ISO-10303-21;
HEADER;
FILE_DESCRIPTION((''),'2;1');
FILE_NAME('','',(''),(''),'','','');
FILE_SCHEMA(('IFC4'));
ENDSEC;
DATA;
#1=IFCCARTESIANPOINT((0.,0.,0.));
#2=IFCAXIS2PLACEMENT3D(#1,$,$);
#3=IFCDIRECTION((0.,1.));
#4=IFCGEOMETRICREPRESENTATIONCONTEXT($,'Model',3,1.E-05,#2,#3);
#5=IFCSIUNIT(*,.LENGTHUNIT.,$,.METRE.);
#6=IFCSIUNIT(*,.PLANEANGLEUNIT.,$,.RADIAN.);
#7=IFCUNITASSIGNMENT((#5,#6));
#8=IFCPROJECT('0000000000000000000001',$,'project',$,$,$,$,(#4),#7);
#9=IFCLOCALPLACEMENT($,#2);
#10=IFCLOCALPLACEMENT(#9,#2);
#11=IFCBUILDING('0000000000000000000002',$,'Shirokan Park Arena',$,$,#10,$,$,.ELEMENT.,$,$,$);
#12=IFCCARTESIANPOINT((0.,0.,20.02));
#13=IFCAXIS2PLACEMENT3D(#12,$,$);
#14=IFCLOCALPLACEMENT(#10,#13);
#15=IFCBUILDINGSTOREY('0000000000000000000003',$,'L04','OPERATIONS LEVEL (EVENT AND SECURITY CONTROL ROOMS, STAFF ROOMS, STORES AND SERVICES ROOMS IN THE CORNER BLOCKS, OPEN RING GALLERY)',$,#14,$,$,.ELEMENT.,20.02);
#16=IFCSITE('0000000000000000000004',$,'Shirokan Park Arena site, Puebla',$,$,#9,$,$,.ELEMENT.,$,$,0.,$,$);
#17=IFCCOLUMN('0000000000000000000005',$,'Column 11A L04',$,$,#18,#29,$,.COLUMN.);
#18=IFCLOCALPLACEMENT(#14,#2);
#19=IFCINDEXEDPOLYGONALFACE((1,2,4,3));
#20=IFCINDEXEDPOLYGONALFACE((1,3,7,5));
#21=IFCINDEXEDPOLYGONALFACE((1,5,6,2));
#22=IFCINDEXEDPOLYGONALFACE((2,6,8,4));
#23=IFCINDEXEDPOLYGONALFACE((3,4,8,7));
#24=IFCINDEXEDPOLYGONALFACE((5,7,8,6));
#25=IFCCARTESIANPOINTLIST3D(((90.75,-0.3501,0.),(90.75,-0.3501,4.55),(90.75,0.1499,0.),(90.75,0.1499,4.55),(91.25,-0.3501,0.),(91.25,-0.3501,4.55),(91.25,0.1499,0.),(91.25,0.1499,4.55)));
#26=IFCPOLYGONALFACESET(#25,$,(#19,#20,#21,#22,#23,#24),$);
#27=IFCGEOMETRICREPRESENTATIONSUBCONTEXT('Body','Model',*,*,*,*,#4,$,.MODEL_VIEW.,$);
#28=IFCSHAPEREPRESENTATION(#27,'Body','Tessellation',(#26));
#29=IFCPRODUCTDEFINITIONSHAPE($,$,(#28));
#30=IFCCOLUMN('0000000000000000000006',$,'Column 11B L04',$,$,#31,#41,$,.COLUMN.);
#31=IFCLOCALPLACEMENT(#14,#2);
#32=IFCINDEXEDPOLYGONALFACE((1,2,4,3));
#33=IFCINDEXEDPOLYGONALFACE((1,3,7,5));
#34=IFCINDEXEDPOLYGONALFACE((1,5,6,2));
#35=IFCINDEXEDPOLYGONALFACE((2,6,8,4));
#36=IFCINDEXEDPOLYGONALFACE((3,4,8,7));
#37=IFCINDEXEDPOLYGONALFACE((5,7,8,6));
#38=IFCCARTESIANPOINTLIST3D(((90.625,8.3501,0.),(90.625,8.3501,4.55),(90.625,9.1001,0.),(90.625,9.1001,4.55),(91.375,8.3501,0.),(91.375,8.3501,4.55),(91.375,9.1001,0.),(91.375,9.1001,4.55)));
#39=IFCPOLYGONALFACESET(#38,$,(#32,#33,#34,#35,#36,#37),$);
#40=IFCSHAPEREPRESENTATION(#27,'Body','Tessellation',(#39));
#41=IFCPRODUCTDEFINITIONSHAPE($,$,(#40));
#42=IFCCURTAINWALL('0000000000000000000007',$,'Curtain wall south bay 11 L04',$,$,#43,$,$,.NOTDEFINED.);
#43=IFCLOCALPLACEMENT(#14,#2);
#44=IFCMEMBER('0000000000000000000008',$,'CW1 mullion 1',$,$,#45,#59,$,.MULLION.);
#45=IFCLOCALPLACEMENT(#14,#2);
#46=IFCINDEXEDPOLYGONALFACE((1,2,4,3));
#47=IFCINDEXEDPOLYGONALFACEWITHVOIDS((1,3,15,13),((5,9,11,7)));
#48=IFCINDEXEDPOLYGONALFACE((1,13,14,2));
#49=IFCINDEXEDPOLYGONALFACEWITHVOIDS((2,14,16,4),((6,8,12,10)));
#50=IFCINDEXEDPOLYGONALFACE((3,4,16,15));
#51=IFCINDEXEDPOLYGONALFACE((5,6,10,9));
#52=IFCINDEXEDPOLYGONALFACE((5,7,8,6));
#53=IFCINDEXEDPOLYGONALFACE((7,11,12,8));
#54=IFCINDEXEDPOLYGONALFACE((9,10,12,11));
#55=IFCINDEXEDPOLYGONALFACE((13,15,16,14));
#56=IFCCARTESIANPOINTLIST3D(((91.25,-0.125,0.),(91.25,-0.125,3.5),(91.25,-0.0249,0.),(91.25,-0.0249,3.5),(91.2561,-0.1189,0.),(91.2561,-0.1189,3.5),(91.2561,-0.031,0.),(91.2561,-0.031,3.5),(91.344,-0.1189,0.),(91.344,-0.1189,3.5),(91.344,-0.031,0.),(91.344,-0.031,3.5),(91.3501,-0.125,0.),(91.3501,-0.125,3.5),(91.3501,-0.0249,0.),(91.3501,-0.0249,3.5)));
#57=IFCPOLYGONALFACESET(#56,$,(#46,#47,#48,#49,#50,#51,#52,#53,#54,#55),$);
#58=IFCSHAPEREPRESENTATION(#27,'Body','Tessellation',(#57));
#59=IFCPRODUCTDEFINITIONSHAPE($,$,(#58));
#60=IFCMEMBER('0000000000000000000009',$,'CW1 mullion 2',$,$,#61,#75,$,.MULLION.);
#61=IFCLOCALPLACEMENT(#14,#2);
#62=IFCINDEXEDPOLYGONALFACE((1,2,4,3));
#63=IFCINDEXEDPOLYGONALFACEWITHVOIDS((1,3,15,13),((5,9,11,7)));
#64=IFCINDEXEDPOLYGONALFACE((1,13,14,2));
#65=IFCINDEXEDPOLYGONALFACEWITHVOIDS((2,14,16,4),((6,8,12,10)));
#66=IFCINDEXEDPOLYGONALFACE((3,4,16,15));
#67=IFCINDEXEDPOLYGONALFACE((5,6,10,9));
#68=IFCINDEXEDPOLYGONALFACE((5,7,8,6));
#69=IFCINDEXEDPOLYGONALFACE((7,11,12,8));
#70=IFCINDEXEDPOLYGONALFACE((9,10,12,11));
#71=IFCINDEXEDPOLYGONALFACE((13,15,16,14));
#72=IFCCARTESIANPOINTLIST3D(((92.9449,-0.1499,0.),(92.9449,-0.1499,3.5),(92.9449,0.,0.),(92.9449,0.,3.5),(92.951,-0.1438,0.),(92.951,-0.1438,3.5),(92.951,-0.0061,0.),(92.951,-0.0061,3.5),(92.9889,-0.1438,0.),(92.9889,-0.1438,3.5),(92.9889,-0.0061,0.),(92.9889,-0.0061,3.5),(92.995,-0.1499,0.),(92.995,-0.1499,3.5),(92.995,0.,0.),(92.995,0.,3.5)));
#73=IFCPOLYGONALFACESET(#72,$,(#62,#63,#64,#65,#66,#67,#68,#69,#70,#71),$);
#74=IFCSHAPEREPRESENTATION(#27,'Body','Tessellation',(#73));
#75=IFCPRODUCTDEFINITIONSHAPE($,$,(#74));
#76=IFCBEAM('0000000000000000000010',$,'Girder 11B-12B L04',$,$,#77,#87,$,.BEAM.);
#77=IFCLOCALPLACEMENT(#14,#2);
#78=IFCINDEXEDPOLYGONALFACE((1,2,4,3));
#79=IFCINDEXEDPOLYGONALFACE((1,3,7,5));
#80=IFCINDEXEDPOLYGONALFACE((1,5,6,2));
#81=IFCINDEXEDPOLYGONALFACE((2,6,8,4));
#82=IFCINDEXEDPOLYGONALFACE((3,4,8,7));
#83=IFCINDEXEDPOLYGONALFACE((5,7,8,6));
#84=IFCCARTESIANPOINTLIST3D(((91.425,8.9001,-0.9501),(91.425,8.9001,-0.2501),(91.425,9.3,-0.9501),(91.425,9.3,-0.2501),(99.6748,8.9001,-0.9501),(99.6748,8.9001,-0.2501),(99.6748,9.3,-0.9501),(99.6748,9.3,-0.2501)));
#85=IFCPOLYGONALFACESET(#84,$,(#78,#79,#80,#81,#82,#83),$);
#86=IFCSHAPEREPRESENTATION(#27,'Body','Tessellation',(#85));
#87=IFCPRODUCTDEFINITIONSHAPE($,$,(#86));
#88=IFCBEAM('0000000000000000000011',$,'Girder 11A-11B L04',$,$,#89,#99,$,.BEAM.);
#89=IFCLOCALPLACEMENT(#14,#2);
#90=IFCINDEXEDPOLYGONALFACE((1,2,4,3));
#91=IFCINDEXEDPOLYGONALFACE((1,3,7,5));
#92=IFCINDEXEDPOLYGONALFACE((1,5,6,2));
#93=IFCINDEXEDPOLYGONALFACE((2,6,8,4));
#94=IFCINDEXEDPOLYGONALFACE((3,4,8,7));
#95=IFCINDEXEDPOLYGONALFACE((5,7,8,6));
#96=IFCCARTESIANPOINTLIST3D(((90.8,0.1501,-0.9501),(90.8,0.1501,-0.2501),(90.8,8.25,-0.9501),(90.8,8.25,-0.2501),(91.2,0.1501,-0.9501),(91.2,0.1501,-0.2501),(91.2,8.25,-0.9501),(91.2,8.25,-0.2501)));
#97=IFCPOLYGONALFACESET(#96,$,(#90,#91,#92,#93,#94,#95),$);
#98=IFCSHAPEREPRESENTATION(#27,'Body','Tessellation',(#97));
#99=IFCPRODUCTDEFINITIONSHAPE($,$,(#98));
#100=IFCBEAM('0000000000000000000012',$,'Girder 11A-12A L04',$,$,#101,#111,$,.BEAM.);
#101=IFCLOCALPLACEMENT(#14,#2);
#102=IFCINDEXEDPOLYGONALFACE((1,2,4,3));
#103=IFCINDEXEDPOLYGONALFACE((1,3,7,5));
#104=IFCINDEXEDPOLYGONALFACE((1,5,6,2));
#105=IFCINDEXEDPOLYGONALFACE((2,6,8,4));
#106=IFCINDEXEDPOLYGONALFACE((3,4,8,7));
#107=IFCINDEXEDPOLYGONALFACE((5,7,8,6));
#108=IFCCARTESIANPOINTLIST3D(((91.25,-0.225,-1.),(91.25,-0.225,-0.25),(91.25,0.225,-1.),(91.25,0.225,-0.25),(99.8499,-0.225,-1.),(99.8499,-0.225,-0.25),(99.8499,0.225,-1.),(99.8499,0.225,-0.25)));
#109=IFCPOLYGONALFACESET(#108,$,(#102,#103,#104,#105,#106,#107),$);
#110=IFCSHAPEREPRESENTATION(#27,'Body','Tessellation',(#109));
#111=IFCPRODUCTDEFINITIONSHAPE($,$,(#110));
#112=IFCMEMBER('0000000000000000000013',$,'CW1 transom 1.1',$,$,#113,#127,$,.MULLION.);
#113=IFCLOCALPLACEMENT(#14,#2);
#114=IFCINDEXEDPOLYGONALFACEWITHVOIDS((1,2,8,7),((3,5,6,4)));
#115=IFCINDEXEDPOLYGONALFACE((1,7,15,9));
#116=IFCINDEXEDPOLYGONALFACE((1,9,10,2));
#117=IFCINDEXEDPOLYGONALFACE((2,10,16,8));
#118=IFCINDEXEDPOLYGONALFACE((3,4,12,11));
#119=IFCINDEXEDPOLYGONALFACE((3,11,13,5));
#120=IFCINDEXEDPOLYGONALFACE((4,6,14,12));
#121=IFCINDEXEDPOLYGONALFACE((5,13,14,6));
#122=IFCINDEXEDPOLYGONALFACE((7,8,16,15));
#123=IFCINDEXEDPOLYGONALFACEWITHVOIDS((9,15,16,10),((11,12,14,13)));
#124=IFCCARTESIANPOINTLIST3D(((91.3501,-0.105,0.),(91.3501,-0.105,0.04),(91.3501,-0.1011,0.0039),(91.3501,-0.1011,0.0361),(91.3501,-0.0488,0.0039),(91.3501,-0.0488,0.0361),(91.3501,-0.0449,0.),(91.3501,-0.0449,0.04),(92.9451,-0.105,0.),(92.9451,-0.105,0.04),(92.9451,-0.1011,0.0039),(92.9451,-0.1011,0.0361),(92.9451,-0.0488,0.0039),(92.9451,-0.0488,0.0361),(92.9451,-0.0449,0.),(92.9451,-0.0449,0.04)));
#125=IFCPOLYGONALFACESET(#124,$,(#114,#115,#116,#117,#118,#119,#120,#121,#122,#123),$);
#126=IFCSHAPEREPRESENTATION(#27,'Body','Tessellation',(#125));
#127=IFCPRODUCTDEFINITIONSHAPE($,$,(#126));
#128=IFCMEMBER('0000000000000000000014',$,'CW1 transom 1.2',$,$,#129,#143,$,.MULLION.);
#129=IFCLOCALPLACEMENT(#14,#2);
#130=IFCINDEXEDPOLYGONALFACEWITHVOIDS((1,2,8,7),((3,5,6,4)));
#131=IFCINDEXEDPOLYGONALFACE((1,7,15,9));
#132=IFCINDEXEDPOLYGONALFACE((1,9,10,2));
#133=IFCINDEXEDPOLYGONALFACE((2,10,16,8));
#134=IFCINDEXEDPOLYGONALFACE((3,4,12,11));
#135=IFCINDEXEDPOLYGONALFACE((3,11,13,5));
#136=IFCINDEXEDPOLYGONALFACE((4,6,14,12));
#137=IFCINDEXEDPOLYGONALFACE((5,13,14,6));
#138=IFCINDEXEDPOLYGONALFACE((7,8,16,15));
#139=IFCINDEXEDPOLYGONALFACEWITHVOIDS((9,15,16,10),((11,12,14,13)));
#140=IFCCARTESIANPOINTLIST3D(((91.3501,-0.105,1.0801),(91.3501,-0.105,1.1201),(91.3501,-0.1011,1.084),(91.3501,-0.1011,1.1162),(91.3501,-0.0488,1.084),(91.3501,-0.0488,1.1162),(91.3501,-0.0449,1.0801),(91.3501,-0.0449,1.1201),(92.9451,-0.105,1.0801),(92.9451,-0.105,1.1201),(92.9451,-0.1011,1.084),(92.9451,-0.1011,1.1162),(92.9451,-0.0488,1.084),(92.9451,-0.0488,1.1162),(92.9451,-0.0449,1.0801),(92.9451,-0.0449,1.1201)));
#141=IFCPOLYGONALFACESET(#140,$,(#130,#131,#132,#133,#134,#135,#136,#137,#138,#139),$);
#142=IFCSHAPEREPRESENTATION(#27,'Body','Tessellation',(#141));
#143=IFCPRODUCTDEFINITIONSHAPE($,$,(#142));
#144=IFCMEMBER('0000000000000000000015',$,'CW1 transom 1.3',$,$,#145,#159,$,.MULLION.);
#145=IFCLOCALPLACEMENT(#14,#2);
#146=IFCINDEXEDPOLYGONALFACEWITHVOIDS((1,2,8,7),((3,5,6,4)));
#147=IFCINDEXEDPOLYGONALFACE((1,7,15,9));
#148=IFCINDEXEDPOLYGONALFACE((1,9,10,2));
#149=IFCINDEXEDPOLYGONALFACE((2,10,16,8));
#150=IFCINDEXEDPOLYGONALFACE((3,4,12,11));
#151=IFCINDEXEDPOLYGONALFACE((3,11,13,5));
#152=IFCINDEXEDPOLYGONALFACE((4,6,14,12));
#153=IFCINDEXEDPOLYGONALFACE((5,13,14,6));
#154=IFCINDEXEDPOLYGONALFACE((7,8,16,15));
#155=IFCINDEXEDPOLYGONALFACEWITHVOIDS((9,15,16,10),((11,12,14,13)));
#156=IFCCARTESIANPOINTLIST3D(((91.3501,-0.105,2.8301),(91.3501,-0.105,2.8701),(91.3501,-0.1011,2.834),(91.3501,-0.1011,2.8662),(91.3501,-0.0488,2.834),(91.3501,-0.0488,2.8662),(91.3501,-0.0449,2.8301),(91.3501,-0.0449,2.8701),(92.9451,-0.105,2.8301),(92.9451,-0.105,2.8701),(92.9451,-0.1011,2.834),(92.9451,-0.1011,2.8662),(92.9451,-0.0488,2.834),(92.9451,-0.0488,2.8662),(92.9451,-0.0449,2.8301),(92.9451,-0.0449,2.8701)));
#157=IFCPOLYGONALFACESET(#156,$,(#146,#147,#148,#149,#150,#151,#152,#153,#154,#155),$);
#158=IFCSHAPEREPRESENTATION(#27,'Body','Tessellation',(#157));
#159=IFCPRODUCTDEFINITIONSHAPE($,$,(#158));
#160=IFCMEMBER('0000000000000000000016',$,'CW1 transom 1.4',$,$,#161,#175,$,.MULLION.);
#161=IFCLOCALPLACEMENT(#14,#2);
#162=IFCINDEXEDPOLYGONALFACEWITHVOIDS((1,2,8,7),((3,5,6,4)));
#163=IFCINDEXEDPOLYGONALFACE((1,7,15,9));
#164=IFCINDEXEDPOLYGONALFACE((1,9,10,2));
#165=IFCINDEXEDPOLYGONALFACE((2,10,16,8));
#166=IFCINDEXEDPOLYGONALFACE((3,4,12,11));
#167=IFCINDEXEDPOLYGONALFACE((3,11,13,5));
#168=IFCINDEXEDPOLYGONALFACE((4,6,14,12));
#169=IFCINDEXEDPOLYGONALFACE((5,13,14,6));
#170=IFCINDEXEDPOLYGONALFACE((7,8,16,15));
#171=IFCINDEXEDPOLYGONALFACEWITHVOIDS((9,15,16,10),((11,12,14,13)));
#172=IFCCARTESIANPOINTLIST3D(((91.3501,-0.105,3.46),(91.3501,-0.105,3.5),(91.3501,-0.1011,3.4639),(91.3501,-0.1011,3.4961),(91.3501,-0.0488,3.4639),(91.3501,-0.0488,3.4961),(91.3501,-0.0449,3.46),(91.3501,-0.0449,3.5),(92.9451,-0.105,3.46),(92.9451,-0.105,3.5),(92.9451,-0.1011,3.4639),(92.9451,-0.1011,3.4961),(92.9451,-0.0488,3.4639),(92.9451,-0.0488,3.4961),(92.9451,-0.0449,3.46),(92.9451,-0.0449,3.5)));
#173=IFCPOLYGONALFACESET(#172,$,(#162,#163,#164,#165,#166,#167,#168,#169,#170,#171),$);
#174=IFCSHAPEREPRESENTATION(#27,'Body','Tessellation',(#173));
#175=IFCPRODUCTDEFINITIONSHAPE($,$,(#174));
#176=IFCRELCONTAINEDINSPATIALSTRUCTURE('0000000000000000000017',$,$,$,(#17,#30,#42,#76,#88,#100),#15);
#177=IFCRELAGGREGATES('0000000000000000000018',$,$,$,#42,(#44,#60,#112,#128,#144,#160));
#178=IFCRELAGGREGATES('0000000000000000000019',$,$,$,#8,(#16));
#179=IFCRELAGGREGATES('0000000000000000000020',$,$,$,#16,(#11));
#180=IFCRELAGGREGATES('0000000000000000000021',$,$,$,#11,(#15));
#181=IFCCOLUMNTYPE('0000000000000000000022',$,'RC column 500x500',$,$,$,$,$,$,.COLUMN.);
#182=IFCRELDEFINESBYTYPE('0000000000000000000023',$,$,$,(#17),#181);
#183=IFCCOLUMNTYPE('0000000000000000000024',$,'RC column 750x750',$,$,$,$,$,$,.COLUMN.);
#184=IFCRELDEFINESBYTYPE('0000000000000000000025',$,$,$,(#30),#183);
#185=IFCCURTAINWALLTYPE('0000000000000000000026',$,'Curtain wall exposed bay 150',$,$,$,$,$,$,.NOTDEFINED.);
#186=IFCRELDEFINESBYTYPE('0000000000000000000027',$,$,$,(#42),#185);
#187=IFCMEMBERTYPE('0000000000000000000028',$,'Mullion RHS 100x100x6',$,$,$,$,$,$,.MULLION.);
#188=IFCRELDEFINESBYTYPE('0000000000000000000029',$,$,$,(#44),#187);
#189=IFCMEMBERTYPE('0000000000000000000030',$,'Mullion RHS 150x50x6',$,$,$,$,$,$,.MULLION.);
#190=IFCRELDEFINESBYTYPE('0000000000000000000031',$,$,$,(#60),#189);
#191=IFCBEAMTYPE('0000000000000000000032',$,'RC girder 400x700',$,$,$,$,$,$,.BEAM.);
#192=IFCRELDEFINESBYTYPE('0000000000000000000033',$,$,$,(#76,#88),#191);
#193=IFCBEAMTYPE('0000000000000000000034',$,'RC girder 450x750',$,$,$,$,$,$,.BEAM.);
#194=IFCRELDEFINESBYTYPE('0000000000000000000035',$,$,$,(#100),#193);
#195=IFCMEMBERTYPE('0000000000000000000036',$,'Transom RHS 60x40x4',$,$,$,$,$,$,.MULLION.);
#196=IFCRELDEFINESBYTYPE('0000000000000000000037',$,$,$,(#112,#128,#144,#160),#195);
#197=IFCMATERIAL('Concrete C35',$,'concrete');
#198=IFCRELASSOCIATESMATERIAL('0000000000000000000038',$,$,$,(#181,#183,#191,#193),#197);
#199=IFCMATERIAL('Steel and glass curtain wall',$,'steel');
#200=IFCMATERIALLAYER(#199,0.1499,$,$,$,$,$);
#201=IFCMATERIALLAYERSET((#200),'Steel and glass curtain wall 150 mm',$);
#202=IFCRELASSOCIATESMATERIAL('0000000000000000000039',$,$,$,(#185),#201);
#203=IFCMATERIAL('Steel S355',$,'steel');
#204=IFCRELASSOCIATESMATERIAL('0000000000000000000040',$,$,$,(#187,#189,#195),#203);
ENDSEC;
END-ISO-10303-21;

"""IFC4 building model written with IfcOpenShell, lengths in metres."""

from ifc_helpers import new_model, si_unit, direction, frame, origin, origin_2d, place, context, subcontext, project, spatial, rectangle, hollow_rectangle, extrude, material, layer, layer_set, material_profile, profile_set, type_object, element, aggregate, save


model = new_model("IFC4")

# Units and contexts
model_context = context("Model", 3, precision=1e-05, world=origin(), true_north=direction((0.0, 1.0)))
body_context = subcontext(model_context, "Body", "Model", "MODEL_VIEW")
ifc_project = project(units=[si_unit("LENGTHUNIT", "METRE"), si_unit("PLANEANGLEUNIT", "RADIAN")], contexts=[model_context])

# Site, building, storey
site_placement = place(None, origin())
site = spatial("IfcSite", under=ifc_project, at=site_placement, Name="Shirokan Park Arena site, Puebla", CompositionType="ELEMENT", RefElevation=0.0)
building_placement = place(site_placement, origin())
building = spatial("IfcBuilding", under=site, at=building_placement, Name="Shirokan Park Arena", CompositionType="ELEMENT")
storey_placement = place(building_placement, frame((0.0, 0.0, 20.02)))
storey = spatial("IfcBuildingStorey", under=building, at=storey_placement, Name="L04", Description="OPERATIONS LEVEL (EVENT AND SECURITY CONTROL ROOMS, STAFF ROOMS, STORES AND SERVICES ROOMS IN THE CORNER BLOCKS, OPEN RING GALLERY)", CompositionType="ELEMENT", Elevation=20.02)

# Columns
ifc_material_1 = material(Name="Concrete C35", Category="concrete")
ifc_material_profile_1 = material_profile(ifc_material_1, rectangle(XDim=0.5, YDim=0.5, at=origin_2d()), Name="500x500")
ifc_profile_set_1 = profile_set([ifc_material_profile_1], Name="Concrete C35")
column_type_1 = type_object("IfcColumnType", Name="RC column 500x500", PredefinedType="COLUMN", material=ifc_profile_set_1)
column_1_placement = place(storey_placement, frame((91.0, -0.1001, 0.0), z_axis=(0.0, 0.0, 1.0), x_axis=(1.0, 0.0, 0.0)))
element("IfcColumn", 1, at=column_1_placement, inside=storey, type_object=column_type_1, Name="Column 11A L04", PredefinedType="COLUMN", context=body_context, shape_type="SweptSolid", body=[
    extrude(rectangle(XDim=0.5, YDim=0.5, at=origin_2d()), origin(), (0.0, 0.0, 1.0), 4.55),
])
ifc_material_profile_2 = material_profile(ifc_material_1, rectangle(XDim=0.75, YDim=0.75, at=origin_2d()), Name="750x750")
ifc_profile_set_2 = profile_set([ifc_material_profile_2], Name="Concrete C35")
column_type_2 = type_object("IfcColumnType", Name="RC column 750x750", PredefinedType="COLUMN", material=ifc_profile_set_2)
column_2_placement = place(storey_placement, frame((91.0, 8.7251, 0.0), z_axis=(0.0, 0.0, 1.0), x_axis=(1.0, 0.0, 0.0)))
element("IfcColumn", 2, at=column_2_placement, inside=storey, type_object=column_type_2, Name="Column 11B L04", PredefinedType="COLUMN", context=body_context, shape_type="SweptSolid", body=[
    extrude(rectangle(XDim=0.75, YDim=0.75, at=origin_2d()), origin(), (0.0, 0.0, 1.0), 4.55),
])

# Curtain wall, members
ifc_material_2 = material(Name="Steel and glass curtain wall", Category="steel")
ifc_layer_1 = layer(ifc_material_2, 0.1499)
ifc_layer_set_1 = layer_set([ifc_layer_1], Name="Steel and glass curtain wall 150 mm")
curtain_wall_type = type_object("IfcCurtainWallType", Name="Curtain wall exposed bay 150", PredefinedType="NOTDEFINED", material=ifc_layer_set_1)
curtain_wall_placement = place(storey_placement, origin())
curtain_wall = element("IfcCurtainWall", 3, at=curtain_wall_placement, inside=storey, type_object=curtain_wall_type, Name="Curtain wall south bay 11 L04", PredefinedType="NOTDEFINED")
ifc_material_3 = material(Name="Steel S355", Category="steel")
ifc_material_profile_3 = material_profile(ifc_material_3, hollow_rectangle(XDim=0.1001, YDim=0.1001, WallThickness=0.0061, at=origin_2d()), Name="RHS 100x100x6")
ifc_profile_set_3 = profile_set([ifc_material_profile_3], Name="Steel S355")
member_type_1 = type_object("IfcMemberType", Name="Mullion RHS 100x100x6", PredefinedType="MULLION", material=ifc_profile_set_3)
member_1_placement = place(storey_placement, frame((91.3, -0.075, 0.0), z_axis=(0.0, 0.0, 1.0), x_axis=(0.0, 1.0, 0.0)))
member_1 = element("IfcMember", 4, at=member_1_placement, type_object=member_type_1, Name="CW1 mullion 1", PredefinedType="MULLION", context=body_context, shape_type="SweptSolid", body=[
    extrude(hollow_rectangle(XDim=0.1001, YDim=0.1001, WallThickness=0.0061, at=origin_2d()), origin(), (0.0, 0.0, 1.0), 3.5),
])
ifc_material_profile_4 = material_profile(ifc_material_3, hollow_rectangle(XDim=0.1499, YDim=0.05, WallThickness=0.0061, at=origin_2d()), Name="RHS 150x50x6")
ifc_profile_set_4 = profile_set([ifc_material_profile_4], Name="Steel S355")
member_type_2 = type_object("IfcMemberType", Name="Mullion RHS 150x50x6", PredefinedType="MULLION", material=ifc_profile_set_4)
member_2_placement = place(storey_placement, frame((92.97, -0.075, 0.0), z_axis=(0.0, 0.0, 1.0), x_axis=(0.0, 1.0, 0.0)))
member_2 = element("IfcMember", 5, at=member_2_placement, type_object=member_type_2, Name="CW1 mullion 2", PredefinedType="MULLION", context=body_context, shape_type="SweptSolid", body=[
    extrude(hollow_rectangle(XDim=0.1499, YDim=0.05, WallThickness=0.0061, at=origin_2d()), origin(), (0.0, 0.0, 1.0), 3.5),
])

# Beams
ifc_material_profile_5 = material_profile(ifc_material_1, rectangle(XDim=0.3999, YDim=0.7, at=origin_2d()), Name="400x700")
ifc_profile_set_5 = profile_set([ifc_material_profile_5], Name="Concrete C35")
beam_type_1 = type_object("IfcBeamType", Name="RC girder 400x700", PredefinedType="BEAM", material=ifc_profile_set_5)
beam_1_placement = place(storey_placement, frame((91.425, 9.1001, -0.6001), z_axis=(1.0, 0.0, 0.0), x_axis=(0.0, 1.0, 0.0)))
element("IfcBeam", 6, at=beam_1_placement, inside=storey, type_object=beam_type_1, Name="Girder 11B-12B L04", PredefinedType="BEAM", context=body_context, shape_type="SweptSolid", body=[
    extrude(rectangle(XDim=0.3999, YDim=0.7, at=origin_2d()), origin(), (0.0, 0.0, 1.0), 8.2498),
])
beam_2_placement = place(storey_placement, frame((91.0, 0.1501, -0.6001), z_axis=(0.0, 1.0, 0.0), x_axis=(-1.0, 0.0, 0.0)))
element("IfcBeam", 7, at=beam_2_placement, inside=storey, type_object=beam_type_1, Name="Girder 11A-11B L04", PredefinedType="BEAM", context=body_context, shape_type="SweptSolid", body=[
    extrude(rectangle(XDim=0.3999, YDim=0.7, at=origin_2d()), origin(), (0.0, 0.0, 1.0), 8.0999),
])
ifc_material_profile_6 = material_profile(ifc_material_1, rectangle(XDim=0.45, YDim=0.75, at=origin_2d()), Name="450x750")
ifc_profile_set_6 = profile_set([ifc_material_profile_6], Name="Concrete C35")
beam_type_2 = type_object("IfcBeamType", Name="RC girder 450x750", PredefinedType="BEAM", material=ifc_profile_set_6)
beam_3_placement = place(storey_placement, frame((91.25, 0.0, -0.625), z_axis=(1.0, 0.0, 0.0), x_axis=(0.0, 1.0, 0.0)))
element("IfcBeam", 8, at=beam_3_placement, inside=storey, type_object=beam_type_2, Name="Girder 11A-12A L04", PredefinedType="BEAM", context=body_context, shape_type="SweptSolid", body=[
    extrude(rectangle(XDim=0.45, YDim=0.75, at=origin_2d()), origin(), (0.0, 0.0, 1.0), 8.5999),
])

# Members
ifc_material_profile_7 = material_profile(ifc_material_3, hollow_rectangle(XDim=0.0601, YDim=0.04, WallThickness=0.0039, at=origin_2d()), Name="RHS 60x40x4")
ifc_profile_set_7 = profile_set([ifc_material_profile_7], Name="Steel S355")
member_type_3 = type_object("IfcMemberType", Name="Transom RHS 60x40x4", PredefinedType="MULLION", material=ifc_profile_set_7)
member_3_placement = place(storey_placement, frame((91.3501, -0.075, 0.02), z_axis=(1.0, 0.0, 0.0), x_axis=(0.0, 1.0, 0.0)))
member_3 = element("IfcMember", 9, at=member_3_placement, type_object=member_type_3, Name="CW1 transom 1.1", PredefinedType="MULLION", context=body_context, shape_type="SweptSolid", body=[
    extrude(hollow_rectangle(XDim=0.0601, YDim=0.04, WallThickness=0.0039, at=origin_2d()), origin(), (0.0, 0.0, 1.0), 1.595),
])
member_4_placement = place(storey_placement, frame((91.3501, -0.075, 1.1001), z_axis=(1.0, 0.0, 0.0), x_axis=(0.0, 1.0, 0.0)))
member_4 = element("IfcMember", 10, at=member_4_placement, type_object=member_type_3, Name="CW1 transom 1.2", PredefinedType="MULLION", context=body_context, shape_type="SweptSolid", body=[
    extrude(hollow_rectangle(XDim=0.0601, YDim=0.04, WallThickness=0.0039, at=origin_2d()), origin(), (0.0, 0.0, 1.0), 1.595),
])
member_5_placement = place(storey_placement, frame((91.3501, -0.075, 2.8501), z_axis=(1.0, 0.0, 0.0), x_axis=(0.0, 1.0, 0.0)))
member_5 = element("IfcMember", 11, at=member_5_placement, type_object=member_type_3, Name="CW1 transom 1.3", PredefinedType="MULLION", context=body_context, shape_type="SweptSolid", body=[
    extrude(hollow_rectangle(XDim=0.0601, YDim=0.04, WallThickness=0.0039, at=origin_2d()), origin(), (0.0, 0.0, 1.0), 1.595),
])
member_6_placement = place(storey_placement, frame((91.3501, -0.075, 3.48), z_axis=(1.0, 0.0, 0.0), x_axis=(0.0, 1.0, 0.0)))
member_6 = element("IfcMember", 12, at=member_6_placement, type_object=member_type_3, Name="CW1 transom 1.4", PredefinedType="MULLION", context=body_context, shape_type="SweptSolid", body=[
    extrude(hollow_rectangle(XDim=0.0601, YDim=0.04, WallThickness=0.0039, at=origin_2d()), origin(), (0.0, 0.0, 1.0), 1.595),
])

aggregate(curtain_wall, [member_1, member_2, member_3, member_4, member_5, member_6])

save(model, "model.ifc")
